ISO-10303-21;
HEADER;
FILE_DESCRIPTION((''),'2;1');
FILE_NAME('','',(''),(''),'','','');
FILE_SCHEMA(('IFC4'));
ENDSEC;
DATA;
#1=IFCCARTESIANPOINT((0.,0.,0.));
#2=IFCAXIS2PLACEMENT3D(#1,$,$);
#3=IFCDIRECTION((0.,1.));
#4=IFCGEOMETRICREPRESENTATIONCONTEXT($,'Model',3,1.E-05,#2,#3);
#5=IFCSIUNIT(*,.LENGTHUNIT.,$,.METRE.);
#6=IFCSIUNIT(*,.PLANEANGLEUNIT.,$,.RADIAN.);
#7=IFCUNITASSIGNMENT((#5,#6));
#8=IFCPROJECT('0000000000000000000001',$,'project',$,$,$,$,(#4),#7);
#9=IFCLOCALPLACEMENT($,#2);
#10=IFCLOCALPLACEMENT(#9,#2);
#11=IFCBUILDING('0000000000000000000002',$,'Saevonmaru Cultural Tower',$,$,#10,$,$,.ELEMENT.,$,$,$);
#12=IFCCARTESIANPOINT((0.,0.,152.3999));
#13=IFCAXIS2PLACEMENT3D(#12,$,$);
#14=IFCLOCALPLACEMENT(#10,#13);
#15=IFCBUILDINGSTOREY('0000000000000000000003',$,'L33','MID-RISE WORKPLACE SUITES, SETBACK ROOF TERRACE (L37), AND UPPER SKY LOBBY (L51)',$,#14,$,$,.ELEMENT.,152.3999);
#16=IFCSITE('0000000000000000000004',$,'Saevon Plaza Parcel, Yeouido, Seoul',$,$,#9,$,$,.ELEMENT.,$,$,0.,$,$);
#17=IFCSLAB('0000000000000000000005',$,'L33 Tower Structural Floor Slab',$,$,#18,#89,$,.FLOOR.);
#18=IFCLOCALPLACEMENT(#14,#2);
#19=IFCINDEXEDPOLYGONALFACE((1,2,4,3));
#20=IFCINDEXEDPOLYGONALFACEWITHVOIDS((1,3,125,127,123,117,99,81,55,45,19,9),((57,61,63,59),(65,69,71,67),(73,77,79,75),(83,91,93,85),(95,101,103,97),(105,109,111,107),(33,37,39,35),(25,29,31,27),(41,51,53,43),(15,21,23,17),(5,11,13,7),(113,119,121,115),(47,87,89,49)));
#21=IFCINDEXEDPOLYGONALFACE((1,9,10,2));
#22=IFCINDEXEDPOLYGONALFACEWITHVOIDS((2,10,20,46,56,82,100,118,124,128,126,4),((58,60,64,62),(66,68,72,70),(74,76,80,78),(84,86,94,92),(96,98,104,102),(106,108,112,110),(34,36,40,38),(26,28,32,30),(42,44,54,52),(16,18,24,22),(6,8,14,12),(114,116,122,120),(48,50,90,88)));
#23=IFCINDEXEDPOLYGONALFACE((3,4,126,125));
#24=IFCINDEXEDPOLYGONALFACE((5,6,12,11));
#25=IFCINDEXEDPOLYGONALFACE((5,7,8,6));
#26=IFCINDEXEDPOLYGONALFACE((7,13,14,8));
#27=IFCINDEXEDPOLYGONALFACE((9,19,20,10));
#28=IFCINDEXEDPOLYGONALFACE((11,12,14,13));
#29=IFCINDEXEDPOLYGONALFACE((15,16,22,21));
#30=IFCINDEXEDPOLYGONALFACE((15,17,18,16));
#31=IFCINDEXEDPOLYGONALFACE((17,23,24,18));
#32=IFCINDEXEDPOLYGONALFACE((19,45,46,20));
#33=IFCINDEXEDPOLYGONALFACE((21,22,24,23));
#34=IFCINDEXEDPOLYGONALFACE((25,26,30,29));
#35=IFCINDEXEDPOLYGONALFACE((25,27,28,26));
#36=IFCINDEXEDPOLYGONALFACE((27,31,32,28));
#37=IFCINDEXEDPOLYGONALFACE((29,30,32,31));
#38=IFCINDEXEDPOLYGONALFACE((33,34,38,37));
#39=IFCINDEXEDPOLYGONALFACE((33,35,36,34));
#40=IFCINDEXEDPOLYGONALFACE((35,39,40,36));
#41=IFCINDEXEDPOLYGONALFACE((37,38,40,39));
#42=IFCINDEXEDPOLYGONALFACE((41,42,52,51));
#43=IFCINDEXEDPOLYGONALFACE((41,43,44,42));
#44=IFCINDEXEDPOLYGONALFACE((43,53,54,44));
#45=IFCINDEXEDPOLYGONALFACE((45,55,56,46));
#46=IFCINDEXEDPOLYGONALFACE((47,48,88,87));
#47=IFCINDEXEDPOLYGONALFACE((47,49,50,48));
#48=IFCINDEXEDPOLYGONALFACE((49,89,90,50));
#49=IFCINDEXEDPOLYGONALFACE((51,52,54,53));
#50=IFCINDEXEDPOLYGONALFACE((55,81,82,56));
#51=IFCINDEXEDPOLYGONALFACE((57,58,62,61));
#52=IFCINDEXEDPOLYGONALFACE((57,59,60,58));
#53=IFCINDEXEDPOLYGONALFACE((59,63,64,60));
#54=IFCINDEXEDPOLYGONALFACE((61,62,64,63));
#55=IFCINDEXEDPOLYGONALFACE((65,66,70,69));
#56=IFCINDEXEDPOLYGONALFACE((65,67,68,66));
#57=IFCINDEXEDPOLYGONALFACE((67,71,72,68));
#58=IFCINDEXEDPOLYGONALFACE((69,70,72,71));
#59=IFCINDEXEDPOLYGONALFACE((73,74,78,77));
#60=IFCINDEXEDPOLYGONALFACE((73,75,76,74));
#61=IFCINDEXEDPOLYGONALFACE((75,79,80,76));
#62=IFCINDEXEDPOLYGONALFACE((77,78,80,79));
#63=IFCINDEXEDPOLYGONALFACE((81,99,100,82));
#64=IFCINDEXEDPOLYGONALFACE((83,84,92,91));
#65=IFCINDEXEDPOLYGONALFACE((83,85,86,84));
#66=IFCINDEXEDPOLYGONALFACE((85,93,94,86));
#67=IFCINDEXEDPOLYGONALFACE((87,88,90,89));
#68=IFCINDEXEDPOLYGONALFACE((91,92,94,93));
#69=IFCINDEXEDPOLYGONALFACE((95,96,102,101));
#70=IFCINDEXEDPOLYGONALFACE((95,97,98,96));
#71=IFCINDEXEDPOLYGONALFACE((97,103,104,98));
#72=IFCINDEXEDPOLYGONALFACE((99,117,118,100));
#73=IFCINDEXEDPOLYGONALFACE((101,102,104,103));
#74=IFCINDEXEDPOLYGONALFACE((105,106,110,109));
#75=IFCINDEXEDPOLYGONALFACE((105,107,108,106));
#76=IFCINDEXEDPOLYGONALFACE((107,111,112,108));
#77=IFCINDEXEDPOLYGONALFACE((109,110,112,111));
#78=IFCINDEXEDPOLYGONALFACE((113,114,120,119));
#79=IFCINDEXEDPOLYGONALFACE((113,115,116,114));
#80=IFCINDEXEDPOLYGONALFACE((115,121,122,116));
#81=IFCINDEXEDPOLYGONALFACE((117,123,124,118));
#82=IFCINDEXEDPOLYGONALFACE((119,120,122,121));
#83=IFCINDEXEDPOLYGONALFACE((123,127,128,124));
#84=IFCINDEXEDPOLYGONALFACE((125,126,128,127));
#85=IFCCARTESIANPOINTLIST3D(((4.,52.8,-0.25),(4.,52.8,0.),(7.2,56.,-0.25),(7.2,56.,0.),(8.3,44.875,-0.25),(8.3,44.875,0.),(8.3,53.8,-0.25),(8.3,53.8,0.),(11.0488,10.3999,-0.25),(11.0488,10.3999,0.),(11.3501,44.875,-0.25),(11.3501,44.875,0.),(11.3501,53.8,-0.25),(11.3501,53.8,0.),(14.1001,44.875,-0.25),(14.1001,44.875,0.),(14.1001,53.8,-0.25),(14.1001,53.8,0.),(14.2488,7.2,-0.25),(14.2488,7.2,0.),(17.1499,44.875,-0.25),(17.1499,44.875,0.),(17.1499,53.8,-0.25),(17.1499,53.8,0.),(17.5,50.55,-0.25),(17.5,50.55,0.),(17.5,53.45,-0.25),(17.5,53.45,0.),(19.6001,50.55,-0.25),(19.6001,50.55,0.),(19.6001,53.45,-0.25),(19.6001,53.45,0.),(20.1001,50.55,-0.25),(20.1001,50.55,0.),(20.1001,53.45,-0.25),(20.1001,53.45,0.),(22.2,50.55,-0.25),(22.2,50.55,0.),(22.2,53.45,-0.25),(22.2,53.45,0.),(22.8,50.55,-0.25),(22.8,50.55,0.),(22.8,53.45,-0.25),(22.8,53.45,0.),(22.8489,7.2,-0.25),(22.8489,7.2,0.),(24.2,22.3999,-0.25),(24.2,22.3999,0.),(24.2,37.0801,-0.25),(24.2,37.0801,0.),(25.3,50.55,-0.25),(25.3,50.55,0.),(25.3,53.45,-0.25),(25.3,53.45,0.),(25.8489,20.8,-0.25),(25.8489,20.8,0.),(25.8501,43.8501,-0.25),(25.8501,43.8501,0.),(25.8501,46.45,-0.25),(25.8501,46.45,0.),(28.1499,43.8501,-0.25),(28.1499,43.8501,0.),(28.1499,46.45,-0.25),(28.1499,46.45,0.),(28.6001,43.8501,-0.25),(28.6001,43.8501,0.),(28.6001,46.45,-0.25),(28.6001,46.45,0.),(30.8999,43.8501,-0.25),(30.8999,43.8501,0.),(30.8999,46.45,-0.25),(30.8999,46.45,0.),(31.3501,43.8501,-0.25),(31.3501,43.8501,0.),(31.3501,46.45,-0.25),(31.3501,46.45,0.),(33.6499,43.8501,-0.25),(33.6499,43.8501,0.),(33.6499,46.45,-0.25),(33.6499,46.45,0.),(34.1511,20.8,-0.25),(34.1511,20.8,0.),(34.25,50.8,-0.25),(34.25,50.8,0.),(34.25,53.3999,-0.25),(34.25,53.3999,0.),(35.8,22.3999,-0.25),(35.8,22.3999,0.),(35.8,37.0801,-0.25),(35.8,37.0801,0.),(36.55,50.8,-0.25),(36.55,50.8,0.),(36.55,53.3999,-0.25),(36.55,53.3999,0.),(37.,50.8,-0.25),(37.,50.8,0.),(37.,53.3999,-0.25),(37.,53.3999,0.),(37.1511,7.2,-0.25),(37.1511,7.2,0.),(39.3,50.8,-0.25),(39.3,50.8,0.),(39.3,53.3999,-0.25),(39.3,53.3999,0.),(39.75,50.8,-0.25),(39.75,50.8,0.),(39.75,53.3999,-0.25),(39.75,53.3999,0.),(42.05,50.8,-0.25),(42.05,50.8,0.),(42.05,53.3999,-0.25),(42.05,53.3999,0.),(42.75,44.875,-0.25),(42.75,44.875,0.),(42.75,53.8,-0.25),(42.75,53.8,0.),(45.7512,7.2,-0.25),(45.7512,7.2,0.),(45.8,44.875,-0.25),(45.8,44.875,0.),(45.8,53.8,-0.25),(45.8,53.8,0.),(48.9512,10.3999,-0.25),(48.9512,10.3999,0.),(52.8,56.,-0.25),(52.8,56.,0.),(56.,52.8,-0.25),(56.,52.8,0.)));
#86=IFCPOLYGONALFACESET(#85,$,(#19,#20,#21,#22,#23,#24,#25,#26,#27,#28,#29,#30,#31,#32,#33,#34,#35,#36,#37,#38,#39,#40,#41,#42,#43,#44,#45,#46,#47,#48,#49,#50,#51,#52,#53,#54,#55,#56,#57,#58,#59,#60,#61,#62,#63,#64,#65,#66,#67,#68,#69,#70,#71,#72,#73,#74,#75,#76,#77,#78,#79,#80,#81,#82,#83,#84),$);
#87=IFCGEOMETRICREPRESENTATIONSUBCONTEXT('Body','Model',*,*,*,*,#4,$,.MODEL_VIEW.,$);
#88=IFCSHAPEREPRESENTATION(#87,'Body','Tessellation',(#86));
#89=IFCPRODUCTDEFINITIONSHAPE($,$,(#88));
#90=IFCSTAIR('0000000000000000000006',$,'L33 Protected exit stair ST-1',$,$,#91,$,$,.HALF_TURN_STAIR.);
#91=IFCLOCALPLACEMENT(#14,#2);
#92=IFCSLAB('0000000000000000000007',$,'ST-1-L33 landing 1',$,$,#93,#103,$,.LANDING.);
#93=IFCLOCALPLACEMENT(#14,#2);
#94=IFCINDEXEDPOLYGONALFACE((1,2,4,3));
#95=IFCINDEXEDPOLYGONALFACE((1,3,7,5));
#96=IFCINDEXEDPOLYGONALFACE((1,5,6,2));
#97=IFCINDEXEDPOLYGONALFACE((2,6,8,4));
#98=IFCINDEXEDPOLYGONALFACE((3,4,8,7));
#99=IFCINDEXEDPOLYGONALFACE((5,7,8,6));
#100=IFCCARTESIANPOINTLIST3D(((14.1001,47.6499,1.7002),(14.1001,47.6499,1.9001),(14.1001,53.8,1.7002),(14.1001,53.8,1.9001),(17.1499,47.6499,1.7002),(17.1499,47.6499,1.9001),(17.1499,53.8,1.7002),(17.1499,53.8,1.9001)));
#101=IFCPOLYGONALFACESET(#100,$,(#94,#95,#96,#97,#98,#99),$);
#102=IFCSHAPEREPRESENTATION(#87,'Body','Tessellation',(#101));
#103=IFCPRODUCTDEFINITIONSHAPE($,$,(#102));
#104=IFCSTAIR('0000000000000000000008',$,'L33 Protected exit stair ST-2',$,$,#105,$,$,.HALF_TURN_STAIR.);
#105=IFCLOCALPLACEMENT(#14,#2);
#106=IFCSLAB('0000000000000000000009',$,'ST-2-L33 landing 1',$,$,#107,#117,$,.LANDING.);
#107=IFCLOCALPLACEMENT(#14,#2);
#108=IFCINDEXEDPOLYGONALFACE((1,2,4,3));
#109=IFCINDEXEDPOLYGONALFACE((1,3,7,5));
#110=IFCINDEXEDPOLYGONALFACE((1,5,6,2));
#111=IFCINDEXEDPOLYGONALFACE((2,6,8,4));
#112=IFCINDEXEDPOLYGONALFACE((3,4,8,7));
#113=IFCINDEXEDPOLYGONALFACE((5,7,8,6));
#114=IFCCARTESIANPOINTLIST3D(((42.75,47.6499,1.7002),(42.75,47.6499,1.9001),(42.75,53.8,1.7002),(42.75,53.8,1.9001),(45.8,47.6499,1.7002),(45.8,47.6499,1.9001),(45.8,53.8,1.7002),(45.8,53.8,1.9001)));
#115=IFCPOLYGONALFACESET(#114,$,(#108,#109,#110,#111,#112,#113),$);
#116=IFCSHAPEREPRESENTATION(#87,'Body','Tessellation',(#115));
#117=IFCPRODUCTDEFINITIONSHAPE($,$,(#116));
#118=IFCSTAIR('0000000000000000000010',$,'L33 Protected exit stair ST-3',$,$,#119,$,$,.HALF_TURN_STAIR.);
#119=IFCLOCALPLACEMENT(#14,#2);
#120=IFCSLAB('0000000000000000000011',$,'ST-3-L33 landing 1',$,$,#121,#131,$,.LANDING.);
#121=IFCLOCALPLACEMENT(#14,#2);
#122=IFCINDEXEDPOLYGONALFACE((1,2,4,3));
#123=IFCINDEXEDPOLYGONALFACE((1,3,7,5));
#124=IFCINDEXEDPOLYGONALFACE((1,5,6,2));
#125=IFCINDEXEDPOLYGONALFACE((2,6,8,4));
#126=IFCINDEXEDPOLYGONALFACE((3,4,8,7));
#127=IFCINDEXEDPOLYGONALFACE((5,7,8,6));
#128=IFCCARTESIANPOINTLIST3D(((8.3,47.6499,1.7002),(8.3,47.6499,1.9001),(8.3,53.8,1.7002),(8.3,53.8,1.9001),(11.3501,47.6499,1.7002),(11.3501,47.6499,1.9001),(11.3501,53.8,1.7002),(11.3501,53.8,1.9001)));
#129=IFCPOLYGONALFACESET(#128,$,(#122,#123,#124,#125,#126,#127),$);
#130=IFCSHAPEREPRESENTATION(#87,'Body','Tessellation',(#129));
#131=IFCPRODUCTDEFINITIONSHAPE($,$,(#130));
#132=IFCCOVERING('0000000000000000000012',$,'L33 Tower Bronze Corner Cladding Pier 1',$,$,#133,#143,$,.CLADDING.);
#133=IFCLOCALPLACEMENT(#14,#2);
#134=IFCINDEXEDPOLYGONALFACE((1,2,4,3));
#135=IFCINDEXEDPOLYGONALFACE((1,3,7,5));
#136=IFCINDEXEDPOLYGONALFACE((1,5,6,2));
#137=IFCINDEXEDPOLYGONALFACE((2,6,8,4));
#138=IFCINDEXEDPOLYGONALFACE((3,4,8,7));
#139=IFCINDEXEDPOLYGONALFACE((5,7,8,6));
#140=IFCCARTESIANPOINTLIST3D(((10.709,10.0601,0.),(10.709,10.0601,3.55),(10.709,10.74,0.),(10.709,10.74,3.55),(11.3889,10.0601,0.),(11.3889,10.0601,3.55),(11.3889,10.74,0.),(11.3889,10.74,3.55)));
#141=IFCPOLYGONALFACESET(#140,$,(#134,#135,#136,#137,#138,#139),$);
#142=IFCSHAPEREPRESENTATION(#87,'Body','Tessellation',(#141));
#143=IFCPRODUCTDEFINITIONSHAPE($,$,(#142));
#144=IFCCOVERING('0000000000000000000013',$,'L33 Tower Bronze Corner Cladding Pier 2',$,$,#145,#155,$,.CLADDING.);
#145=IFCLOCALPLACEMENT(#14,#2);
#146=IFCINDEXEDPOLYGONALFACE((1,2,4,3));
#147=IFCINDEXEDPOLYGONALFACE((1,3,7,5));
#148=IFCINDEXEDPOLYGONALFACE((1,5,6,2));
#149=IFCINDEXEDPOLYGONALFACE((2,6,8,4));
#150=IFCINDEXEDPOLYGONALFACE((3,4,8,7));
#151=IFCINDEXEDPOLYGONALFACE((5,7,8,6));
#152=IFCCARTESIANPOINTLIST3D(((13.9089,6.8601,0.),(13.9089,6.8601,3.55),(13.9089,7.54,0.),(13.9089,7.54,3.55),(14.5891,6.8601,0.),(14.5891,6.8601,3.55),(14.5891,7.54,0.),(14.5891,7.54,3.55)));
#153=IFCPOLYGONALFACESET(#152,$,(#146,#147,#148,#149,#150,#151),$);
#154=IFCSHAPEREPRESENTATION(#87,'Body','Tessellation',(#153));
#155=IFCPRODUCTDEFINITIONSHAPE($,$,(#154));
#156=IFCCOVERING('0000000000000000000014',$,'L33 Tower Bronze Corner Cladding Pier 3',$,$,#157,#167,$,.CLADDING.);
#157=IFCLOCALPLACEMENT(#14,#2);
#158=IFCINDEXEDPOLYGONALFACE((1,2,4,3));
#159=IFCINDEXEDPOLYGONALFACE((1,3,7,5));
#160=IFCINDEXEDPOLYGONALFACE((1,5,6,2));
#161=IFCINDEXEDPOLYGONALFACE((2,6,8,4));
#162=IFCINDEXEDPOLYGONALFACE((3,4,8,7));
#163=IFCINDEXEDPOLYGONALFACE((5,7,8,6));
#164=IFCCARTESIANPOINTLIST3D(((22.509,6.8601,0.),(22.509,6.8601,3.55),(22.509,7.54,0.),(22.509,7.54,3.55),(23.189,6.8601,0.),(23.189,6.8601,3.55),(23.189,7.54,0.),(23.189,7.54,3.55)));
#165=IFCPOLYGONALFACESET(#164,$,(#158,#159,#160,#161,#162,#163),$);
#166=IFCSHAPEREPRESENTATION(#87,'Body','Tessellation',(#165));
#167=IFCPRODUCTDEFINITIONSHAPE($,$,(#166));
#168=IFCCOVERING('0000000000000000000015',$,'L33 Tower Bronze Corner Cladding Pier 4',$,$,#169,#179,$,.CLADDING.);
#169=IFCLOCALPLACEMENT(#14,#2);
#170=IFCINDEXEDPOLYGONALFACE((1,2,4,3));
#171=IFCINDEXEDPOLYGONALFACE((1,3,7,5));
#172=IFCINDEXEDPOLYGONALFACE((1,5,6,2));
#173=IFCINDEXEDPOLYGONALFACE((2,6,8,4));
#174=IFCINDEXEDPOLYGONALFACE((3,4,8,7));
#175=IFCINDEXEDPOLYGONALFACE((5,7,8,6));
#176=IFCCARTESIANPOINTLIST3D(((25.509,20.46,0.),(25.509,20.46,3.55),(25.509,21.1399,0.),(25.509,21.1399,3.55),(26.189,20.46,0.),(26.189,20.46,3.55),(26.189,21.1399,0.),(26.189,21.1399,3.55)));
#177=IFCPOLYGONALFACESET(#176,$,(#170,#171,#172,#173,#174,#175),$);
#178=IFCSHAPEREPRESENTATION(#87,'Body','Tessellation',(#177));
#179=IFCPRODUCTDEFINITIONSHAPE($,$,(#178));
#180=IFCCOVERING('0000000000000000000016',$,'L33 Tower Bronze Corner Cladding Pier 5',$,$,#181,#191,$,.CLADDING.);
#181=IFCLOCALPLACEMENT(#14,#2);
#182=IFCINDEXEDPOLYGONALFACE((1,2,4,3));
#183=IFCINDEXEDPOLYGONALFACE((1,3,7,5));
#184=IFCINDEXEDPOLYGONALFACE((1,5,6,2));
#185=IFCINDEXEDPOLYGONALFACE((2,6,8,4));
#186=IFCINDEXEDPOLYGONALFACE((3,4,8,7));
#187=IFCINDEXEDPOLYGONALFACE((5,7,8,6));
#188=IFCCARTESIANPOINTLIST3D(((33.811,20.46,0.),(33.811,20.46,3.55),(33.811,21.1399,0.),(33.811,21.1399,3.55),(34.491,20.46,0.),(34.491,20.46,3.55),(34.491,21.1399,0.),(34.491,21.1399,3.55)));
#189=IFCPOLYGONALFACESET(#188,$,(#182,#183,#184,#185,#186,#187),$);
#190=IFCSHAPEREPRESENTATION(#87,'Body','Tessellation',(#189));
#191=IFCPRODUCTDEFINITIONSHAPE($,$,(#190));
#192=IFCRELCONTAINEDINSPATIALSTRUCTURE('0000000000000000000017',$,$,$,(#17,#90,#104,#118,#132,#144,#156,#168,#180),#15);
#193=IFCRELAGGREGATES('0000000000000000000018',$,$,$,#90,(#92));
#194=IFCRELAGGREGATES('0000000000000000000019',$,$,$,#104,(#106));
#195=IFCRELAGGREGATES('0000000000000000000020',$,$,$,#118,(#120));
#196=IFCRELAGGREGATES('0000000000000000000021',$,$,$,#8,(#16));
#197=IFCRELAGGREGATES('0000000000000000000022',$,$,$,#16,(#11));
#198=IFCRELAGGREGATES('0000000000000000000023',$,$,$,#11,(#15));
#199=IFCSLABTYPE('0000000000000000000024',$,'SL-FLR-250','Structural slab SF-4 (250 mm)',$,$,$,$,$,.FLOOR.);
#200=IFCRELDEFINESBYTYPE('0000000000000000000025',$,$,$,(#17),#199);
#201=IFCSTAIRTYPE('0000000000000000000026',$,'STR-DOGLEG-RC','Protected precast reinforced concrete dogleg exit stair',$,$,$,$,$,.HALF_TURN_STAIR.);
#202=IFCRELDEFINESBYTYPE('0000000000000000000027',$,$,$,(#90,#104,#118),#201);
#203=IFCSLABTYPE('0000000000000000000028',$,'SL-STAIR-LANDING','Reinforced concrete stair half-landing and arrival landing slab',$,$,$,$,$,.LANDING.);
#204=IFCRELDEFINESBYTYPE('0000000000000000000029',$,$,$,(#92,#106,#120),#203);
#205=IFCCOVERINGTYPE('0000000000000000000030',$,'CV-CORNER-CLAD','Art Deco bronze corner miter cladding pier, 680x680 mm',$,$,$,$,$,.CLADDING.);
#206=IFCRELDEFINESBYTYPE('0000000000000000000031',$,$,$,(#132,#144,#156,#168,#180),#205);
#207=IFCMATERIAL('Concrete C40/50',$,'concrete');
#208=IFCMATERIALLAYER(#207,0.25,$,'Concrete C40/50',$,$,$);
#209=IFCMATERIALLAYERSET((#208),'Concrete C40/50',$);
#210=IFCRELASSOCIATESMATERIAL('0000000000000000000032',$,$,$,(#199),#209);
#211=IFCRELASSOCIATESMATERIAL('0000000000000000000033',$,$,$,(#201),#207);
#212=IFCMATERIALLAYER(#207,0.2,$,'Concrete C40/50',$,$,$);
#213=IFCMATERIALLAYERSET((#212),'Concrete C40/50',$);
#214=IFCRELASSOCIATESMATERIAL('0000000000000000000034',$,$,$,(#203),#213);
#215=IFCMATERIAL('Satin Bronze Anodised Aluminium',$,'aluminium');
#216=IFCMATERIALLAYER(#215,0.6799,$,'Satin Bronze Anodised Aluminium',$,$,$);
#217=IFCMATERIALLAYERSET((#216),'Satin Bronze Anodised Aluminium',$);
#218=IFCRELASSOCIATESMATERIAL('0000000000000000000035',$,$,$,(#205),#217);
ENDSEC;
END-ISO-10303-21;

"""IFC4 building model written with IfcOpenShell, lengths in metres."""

from ifc_helpers import new_model, si_unit, direction, frame, origin, place, context, subcontext, project, spatial, polyline, outline, extrude, material, layer, layer_set, type_object, element, aggregate, save


model = new_model("IFC4")

# Units and contexts
model_context = context("Model", 3, precision=1e-05, world=origin(), true_north=direction((0.0, 1.0)))
body_context = subcontext(model_context, "Body", "Model", "MODEL_VIEW")
ifc_project = project(units=[si_unit("LENGTHUNIT", "METRE"), si_unit("PLANEANGLEUNIT", "RADIAN")], contexts=[model_context])

# Site, building, storey
site_placement = place(None, origin())
site = spatial("IfcSite", under=ifc_project, at=site_placement, Name="Saevon Plaza Parcel, Yeouido, Seoul", CompositionType="ELEMENT", RefElevation=0.0)
building_placement = place(site_placement, origin())
building = spatial("IfcBuilding", under=site, at=building_placement, Name="Saevonmaru Cultural Tower", CompositionType="ELEMENT")
storey_placement = place(building_placement, frame((0.0, 0.0, 152.3999)))
storey = spatial("IfcBuildingStorey", under=building, at=storey_placement, Name="L33", Description="MID-RISE WORKPLACE SUITES, SETBACK ROOF TERRACE (L37), AND UPPER SKY LOBBY (L51)", CompositionType="ELEMENT", Elevation=152.3999)

# Shared definitions
ifc_material_1 = material(Name="Satin Bronze Anodised Aluminium", Category="aluminium")

# Slab
ifc_material_2 = material(Name="Concrete C40/50", Category="concrete")
ifc_layer_1 = layer(ifc_material_2, 0.25, Name="Concrete C40/50")
ifc_layer_set_1 = layer_set([ifc_layer_1], Name="Concrete C40/50")
slab_type_1 = type_object("IfcSlabType", Name="SL-FLR-250", Description="Structural slab SF-4 (250 mm)", PredefinedType="FLOOR", material=ifc_layer_set_1)
slab_1_placement = place(storey_placement, frame((0.0, 0.0, -0.25)))
element("IfcSlab", 1, at=slab_1_placement, inside=storey, type_object=slab_type_1, Name="L33 Tower Structural Floor Slab", PredefinedType="FLOOR", context=body_context, shape_type="SweptSolid", body=[
    extrude(outline(polyline([(11.0488, 10.3999), (14.2488, 7.2), (22.8489, 7.2), (25.8489, 20.8), (34.1511, 20.8), (37.1511, 7.2), (45.7512, 7.2), (48.9512, 10.3999), (56.0, 52.8), (52.8, 56.0), (7.2, 56.0), (4.0, 52.8), (11.0488, 10.3999)]), holes=[polyline([(45.8, 44.875), (42.75, 44.875), (42.75, 53.8), (45.8, 53.8), (45.8, 44.875)]), polyline([(39.75, 50.8), (39.75, 53.3999), (42.05, 53.3999), (42.05, 50.8), (39.75, 50.8)]), polyline([(37.0, 50.8), (37.0, 53.3999), (39.3, 53.3999), (39.3, 50.8), (37.0, 50.8)]), polyline([(34.25, 50.8), (34.25, 53.3999), (36.55, 53.3999), (36.55, 50.8), (34.25, 50.8)]), polyline([(24.2, 22.3999), (24.2, 37.0801), (35.8, 37.0801), (35.8, 22.3999), (24.2, 22.3999)]), polyline([(31.3501, 43.8501), (31.3501, 46.45), (33.6499, 46.45), (33.6499, 43.8501), (31.3501, 43.8501)]), polyline([(28.6001, 43.8501), (28.6001, 46.45), (30.8999, 46.45), (30.8999, 43.8501), (28.6001, 43.8501)]), polyline([(28.1499, 43.8501), (25.8501, 43.8501), (25.8501, 46.45), (28.1499, 46.45), (28.1499, 43.8501)]), polyline([(25.3, 50.55), (22.8, 50.55), (22.8, 53.45), (25.3, 53.45), (25.3, 50.55)]), polyline([(20.1001, 50.55), (20.1001, 53.45), (22.2, 53.45), (22.2, 50.55), (20.1001, 50.55)]), polyline([(17.5, 50.55), (17.5, 53.45), (19.6001, 53.45), (19.6001, 50.55), (17.5, 50.55)]), polyline([(17.1499, 53.8), (17.1499, 44.875), (14.1001, 44.875), (14.1001, 53.8), (17.1499, 53.8)]), polyline([(11.3501, 44.875), (8.3, 44.875), (8.3, 53.8), (11.3501, 53.8), (11.3501, 44.875)])]), origin(), (0.0, 0.0, 1.0), 0.25),
])

# Stairs, slabs
stair_type = type_object("IfcStairType", Name="STR-DOGLEG-RC", Description="Protected precast reinforced concrete dogleg exit stair", PredefinedType="HALF_TURN_STAIR", material=ifc_material_2)
stair_1_placement = place(storey_placement, origin())
stair_1 = element("IfcStair", 2, at=stair_1_placement, inside=storey, type_object=stair_type, Name="L33 Protected exit stair ST-1", PredefinedType="HALF_TURN_STAIR")
ifc_layer_2 = layer(ifc_material_2, 0.2, Name="Concrete C40/50")
ifc_layer_set_2 = layer_set([ifc_layer_2], Name="Concrete C40/50")
slab_type_2 = type_object("IfcSlabType", Name="SL-STAIR-LANDING", Description="Reinforced concrete stair half-landing and arrival landing slab", PredefinedType="LANDING", material=ifc_layer_set_2)
slab_2_placement = place(storey_placement, frame((0.0, 0.0, 1.7002)))
slab_2 = element("IfcSlab", 3, at=slab_2_placement, type_object=slab_type_2, Name="ST-1-L33 landing 1", PredefinedType="LANDING", context=body_context, shape_type="SweptSolid", body=[
    extrude(outline(polyline([(17.1499, 47.6499), (17.1499, 53.8), (14.1001, 53.8), (14.1001, 47.6499), (17.1499, 47.6499)])), origin(), (0.0, 0.0, 1.0), 0.2),
])
aggregate(stair_1, [slab_2])
stair_2_placement = place(storey_placement, origin())
stair_2 = element("IfcStair", 4, at=stair_2_placement, inside=storey, type_object=stair_type, Name="L33 Protected exit stair ST-2", PredefinedType="HALF_TURN_STAIR")
slab_3_placement = place(storey_placement, frame((0.0, 0.0, 1.7002)))
slab_3 = element("IfcSlab", 5, at=slab_3_placement, type_object=slab_type_2, Name="ST-2-L33 landing 1", PredefinedType="LANDING", context=body_context, shape_type="SweptSolid", body=[
    extrude(outline(polyline([(45.8, 47.6499), (45.8, 53.8), (42.75, 53.8), (42.75, 47.6499), (45.8, 47.6499)])), origin(), (0.0, 0.0, 1.0), 0.2),
])
aggregate(stair_2, [slab_3])
stair_3_placement = place(storey_placement, origin())
stair_3 = element("IfcStair", 6, at=stair_3_placement, inside=storey, type_object=stair_type, Name="L33 Protected exit stair ST-3", PredefinedType="HALF_TURN_STAIR")
slab_4_placement = place(storey_placement, frame((0.0, 0.0, 1.7002)))
slab_4 = element("IfcSlab", 7, at=slab_4_placement, type_object=slab_type_2, Name="ST-3-L33 landing 1", PredefinedType="LANDING", context=body_context, shape_type="SweptSolid", body=[
    extrude(outline(polyline([(11.3501, 47.6499), (11.3501, 53.8), (8.3, 53.8), (8.3, 47.6499), (11.3501, 47.6499)])), origin(), (0.0, 0.0, 1.0), 0.2),
])
aggregate(stair_3, [slab_4])

# Coverings
ifc_layer_3 = layer(ifc_material_1, 0.6799, Name="Satin Bronze Anodised Aluminium")
ifc_layer_set_3 = layer_set([ifc_layer_3], Name="Satin Bronze Anodised Aluminium")
covering_type = type_object("IfcCoveringType", Name="CV-CORNER-CLAD", Description="Art Deco bronze corner miter cladding pier, 680x680 mm", PredefinedType="CLADDING", material=ifc_layer_set_3)
covering_1_placement = place(storey_placement, origin())
element("IfcCovering", 8, at=covering_1_placement, inside=storey, type_object=covering_type, Name="L33 Tower Bronze Corner Cladding Pier 1", PredefinedType="CLADDING", context=body_context, shape_type="SweptSolid", body=[
    extrude(outline(polyline([(10.709, 10.0601), (11.3889, 10.0601), (11.3889, 10.74), (10.709, 10.74), (10.709, 10.0601)])), origin(), (0.0, 0.0, 1.0), 3.55),
])
covering_2_placement = place(storey_placement, origin())
element("IfcCovering", 9, at=covering_2_placement, inside=storey, type_object=covering_type, Name="L33 Tower Bronze Corner Cladding Pier 2", PredefinedType="CLADDING", context=body_context, shape_type="SweptSolid", body=[
    extrude(outline(polyline([(13.9089, 6.8601), (14.5891, 6.8601), (14.5891, 7.54), (13.9089, 7.54), (13.9089, 6.8601)])), origin(), (0.0, 0.0, 1.0), 3.55),
])
covering_3_placement = place(storey_placement, origin())
element("IfcCovering", 10, at=covering_3_placement, inside=storey, type_object=covering_type, Name="L33 Tower Bronze Corner Cladding Pier 3", PredefinedType="CLADDING", context=body_context, shape_type="SweptSolid", body=[
    extrude(outline(polyline([(22.509, 6.8601), (23.189, 6.8601), (23.189, 7.54), (22.509, 7.54), (22.509, 6.8601)])), origin(), (0.0, 0.0, 1.0), 3.55),
])
covering_4_placement = place(storey_placement, origin())
element("IfcCovering", 11, at=covering_4_placement, inside=storey, type_object=covering_type, Name="L33 Tower Bronze Corner Cladding Pier 4", PredefinedType="CLADDING", context=body_context, shape_type="SweptSolid", body=[
    extrude(outline(polyline([(25.509, 20.46), (26.189, 20.46), (26.189, 21.1399), (25.509, 21.1399), (25.509, 20.46)])), origin(), (0.0, 0.0, 1.0), 3.55),
])
covering_5_placement = place(storey_placement, origin())
element("IfcCovering", 12, at=covering_5_placement, inside=storey, type_object=covering_type, Name="L33 Tower Bronze Corner Cladding Pier 5", PredefinedType="CLADDING", context=body_context, shape_type="SweptSolid", body=[
    extrude(outline(polyline([(33.811, 20.46), (34.491, 20.46), (34.491, 21.1399), (33.811, 21.1399), (33.811, 20.46)])), origin(), (0.0, 0.0, 1.0), 3.55),
])

save(model, "model.ifc")
